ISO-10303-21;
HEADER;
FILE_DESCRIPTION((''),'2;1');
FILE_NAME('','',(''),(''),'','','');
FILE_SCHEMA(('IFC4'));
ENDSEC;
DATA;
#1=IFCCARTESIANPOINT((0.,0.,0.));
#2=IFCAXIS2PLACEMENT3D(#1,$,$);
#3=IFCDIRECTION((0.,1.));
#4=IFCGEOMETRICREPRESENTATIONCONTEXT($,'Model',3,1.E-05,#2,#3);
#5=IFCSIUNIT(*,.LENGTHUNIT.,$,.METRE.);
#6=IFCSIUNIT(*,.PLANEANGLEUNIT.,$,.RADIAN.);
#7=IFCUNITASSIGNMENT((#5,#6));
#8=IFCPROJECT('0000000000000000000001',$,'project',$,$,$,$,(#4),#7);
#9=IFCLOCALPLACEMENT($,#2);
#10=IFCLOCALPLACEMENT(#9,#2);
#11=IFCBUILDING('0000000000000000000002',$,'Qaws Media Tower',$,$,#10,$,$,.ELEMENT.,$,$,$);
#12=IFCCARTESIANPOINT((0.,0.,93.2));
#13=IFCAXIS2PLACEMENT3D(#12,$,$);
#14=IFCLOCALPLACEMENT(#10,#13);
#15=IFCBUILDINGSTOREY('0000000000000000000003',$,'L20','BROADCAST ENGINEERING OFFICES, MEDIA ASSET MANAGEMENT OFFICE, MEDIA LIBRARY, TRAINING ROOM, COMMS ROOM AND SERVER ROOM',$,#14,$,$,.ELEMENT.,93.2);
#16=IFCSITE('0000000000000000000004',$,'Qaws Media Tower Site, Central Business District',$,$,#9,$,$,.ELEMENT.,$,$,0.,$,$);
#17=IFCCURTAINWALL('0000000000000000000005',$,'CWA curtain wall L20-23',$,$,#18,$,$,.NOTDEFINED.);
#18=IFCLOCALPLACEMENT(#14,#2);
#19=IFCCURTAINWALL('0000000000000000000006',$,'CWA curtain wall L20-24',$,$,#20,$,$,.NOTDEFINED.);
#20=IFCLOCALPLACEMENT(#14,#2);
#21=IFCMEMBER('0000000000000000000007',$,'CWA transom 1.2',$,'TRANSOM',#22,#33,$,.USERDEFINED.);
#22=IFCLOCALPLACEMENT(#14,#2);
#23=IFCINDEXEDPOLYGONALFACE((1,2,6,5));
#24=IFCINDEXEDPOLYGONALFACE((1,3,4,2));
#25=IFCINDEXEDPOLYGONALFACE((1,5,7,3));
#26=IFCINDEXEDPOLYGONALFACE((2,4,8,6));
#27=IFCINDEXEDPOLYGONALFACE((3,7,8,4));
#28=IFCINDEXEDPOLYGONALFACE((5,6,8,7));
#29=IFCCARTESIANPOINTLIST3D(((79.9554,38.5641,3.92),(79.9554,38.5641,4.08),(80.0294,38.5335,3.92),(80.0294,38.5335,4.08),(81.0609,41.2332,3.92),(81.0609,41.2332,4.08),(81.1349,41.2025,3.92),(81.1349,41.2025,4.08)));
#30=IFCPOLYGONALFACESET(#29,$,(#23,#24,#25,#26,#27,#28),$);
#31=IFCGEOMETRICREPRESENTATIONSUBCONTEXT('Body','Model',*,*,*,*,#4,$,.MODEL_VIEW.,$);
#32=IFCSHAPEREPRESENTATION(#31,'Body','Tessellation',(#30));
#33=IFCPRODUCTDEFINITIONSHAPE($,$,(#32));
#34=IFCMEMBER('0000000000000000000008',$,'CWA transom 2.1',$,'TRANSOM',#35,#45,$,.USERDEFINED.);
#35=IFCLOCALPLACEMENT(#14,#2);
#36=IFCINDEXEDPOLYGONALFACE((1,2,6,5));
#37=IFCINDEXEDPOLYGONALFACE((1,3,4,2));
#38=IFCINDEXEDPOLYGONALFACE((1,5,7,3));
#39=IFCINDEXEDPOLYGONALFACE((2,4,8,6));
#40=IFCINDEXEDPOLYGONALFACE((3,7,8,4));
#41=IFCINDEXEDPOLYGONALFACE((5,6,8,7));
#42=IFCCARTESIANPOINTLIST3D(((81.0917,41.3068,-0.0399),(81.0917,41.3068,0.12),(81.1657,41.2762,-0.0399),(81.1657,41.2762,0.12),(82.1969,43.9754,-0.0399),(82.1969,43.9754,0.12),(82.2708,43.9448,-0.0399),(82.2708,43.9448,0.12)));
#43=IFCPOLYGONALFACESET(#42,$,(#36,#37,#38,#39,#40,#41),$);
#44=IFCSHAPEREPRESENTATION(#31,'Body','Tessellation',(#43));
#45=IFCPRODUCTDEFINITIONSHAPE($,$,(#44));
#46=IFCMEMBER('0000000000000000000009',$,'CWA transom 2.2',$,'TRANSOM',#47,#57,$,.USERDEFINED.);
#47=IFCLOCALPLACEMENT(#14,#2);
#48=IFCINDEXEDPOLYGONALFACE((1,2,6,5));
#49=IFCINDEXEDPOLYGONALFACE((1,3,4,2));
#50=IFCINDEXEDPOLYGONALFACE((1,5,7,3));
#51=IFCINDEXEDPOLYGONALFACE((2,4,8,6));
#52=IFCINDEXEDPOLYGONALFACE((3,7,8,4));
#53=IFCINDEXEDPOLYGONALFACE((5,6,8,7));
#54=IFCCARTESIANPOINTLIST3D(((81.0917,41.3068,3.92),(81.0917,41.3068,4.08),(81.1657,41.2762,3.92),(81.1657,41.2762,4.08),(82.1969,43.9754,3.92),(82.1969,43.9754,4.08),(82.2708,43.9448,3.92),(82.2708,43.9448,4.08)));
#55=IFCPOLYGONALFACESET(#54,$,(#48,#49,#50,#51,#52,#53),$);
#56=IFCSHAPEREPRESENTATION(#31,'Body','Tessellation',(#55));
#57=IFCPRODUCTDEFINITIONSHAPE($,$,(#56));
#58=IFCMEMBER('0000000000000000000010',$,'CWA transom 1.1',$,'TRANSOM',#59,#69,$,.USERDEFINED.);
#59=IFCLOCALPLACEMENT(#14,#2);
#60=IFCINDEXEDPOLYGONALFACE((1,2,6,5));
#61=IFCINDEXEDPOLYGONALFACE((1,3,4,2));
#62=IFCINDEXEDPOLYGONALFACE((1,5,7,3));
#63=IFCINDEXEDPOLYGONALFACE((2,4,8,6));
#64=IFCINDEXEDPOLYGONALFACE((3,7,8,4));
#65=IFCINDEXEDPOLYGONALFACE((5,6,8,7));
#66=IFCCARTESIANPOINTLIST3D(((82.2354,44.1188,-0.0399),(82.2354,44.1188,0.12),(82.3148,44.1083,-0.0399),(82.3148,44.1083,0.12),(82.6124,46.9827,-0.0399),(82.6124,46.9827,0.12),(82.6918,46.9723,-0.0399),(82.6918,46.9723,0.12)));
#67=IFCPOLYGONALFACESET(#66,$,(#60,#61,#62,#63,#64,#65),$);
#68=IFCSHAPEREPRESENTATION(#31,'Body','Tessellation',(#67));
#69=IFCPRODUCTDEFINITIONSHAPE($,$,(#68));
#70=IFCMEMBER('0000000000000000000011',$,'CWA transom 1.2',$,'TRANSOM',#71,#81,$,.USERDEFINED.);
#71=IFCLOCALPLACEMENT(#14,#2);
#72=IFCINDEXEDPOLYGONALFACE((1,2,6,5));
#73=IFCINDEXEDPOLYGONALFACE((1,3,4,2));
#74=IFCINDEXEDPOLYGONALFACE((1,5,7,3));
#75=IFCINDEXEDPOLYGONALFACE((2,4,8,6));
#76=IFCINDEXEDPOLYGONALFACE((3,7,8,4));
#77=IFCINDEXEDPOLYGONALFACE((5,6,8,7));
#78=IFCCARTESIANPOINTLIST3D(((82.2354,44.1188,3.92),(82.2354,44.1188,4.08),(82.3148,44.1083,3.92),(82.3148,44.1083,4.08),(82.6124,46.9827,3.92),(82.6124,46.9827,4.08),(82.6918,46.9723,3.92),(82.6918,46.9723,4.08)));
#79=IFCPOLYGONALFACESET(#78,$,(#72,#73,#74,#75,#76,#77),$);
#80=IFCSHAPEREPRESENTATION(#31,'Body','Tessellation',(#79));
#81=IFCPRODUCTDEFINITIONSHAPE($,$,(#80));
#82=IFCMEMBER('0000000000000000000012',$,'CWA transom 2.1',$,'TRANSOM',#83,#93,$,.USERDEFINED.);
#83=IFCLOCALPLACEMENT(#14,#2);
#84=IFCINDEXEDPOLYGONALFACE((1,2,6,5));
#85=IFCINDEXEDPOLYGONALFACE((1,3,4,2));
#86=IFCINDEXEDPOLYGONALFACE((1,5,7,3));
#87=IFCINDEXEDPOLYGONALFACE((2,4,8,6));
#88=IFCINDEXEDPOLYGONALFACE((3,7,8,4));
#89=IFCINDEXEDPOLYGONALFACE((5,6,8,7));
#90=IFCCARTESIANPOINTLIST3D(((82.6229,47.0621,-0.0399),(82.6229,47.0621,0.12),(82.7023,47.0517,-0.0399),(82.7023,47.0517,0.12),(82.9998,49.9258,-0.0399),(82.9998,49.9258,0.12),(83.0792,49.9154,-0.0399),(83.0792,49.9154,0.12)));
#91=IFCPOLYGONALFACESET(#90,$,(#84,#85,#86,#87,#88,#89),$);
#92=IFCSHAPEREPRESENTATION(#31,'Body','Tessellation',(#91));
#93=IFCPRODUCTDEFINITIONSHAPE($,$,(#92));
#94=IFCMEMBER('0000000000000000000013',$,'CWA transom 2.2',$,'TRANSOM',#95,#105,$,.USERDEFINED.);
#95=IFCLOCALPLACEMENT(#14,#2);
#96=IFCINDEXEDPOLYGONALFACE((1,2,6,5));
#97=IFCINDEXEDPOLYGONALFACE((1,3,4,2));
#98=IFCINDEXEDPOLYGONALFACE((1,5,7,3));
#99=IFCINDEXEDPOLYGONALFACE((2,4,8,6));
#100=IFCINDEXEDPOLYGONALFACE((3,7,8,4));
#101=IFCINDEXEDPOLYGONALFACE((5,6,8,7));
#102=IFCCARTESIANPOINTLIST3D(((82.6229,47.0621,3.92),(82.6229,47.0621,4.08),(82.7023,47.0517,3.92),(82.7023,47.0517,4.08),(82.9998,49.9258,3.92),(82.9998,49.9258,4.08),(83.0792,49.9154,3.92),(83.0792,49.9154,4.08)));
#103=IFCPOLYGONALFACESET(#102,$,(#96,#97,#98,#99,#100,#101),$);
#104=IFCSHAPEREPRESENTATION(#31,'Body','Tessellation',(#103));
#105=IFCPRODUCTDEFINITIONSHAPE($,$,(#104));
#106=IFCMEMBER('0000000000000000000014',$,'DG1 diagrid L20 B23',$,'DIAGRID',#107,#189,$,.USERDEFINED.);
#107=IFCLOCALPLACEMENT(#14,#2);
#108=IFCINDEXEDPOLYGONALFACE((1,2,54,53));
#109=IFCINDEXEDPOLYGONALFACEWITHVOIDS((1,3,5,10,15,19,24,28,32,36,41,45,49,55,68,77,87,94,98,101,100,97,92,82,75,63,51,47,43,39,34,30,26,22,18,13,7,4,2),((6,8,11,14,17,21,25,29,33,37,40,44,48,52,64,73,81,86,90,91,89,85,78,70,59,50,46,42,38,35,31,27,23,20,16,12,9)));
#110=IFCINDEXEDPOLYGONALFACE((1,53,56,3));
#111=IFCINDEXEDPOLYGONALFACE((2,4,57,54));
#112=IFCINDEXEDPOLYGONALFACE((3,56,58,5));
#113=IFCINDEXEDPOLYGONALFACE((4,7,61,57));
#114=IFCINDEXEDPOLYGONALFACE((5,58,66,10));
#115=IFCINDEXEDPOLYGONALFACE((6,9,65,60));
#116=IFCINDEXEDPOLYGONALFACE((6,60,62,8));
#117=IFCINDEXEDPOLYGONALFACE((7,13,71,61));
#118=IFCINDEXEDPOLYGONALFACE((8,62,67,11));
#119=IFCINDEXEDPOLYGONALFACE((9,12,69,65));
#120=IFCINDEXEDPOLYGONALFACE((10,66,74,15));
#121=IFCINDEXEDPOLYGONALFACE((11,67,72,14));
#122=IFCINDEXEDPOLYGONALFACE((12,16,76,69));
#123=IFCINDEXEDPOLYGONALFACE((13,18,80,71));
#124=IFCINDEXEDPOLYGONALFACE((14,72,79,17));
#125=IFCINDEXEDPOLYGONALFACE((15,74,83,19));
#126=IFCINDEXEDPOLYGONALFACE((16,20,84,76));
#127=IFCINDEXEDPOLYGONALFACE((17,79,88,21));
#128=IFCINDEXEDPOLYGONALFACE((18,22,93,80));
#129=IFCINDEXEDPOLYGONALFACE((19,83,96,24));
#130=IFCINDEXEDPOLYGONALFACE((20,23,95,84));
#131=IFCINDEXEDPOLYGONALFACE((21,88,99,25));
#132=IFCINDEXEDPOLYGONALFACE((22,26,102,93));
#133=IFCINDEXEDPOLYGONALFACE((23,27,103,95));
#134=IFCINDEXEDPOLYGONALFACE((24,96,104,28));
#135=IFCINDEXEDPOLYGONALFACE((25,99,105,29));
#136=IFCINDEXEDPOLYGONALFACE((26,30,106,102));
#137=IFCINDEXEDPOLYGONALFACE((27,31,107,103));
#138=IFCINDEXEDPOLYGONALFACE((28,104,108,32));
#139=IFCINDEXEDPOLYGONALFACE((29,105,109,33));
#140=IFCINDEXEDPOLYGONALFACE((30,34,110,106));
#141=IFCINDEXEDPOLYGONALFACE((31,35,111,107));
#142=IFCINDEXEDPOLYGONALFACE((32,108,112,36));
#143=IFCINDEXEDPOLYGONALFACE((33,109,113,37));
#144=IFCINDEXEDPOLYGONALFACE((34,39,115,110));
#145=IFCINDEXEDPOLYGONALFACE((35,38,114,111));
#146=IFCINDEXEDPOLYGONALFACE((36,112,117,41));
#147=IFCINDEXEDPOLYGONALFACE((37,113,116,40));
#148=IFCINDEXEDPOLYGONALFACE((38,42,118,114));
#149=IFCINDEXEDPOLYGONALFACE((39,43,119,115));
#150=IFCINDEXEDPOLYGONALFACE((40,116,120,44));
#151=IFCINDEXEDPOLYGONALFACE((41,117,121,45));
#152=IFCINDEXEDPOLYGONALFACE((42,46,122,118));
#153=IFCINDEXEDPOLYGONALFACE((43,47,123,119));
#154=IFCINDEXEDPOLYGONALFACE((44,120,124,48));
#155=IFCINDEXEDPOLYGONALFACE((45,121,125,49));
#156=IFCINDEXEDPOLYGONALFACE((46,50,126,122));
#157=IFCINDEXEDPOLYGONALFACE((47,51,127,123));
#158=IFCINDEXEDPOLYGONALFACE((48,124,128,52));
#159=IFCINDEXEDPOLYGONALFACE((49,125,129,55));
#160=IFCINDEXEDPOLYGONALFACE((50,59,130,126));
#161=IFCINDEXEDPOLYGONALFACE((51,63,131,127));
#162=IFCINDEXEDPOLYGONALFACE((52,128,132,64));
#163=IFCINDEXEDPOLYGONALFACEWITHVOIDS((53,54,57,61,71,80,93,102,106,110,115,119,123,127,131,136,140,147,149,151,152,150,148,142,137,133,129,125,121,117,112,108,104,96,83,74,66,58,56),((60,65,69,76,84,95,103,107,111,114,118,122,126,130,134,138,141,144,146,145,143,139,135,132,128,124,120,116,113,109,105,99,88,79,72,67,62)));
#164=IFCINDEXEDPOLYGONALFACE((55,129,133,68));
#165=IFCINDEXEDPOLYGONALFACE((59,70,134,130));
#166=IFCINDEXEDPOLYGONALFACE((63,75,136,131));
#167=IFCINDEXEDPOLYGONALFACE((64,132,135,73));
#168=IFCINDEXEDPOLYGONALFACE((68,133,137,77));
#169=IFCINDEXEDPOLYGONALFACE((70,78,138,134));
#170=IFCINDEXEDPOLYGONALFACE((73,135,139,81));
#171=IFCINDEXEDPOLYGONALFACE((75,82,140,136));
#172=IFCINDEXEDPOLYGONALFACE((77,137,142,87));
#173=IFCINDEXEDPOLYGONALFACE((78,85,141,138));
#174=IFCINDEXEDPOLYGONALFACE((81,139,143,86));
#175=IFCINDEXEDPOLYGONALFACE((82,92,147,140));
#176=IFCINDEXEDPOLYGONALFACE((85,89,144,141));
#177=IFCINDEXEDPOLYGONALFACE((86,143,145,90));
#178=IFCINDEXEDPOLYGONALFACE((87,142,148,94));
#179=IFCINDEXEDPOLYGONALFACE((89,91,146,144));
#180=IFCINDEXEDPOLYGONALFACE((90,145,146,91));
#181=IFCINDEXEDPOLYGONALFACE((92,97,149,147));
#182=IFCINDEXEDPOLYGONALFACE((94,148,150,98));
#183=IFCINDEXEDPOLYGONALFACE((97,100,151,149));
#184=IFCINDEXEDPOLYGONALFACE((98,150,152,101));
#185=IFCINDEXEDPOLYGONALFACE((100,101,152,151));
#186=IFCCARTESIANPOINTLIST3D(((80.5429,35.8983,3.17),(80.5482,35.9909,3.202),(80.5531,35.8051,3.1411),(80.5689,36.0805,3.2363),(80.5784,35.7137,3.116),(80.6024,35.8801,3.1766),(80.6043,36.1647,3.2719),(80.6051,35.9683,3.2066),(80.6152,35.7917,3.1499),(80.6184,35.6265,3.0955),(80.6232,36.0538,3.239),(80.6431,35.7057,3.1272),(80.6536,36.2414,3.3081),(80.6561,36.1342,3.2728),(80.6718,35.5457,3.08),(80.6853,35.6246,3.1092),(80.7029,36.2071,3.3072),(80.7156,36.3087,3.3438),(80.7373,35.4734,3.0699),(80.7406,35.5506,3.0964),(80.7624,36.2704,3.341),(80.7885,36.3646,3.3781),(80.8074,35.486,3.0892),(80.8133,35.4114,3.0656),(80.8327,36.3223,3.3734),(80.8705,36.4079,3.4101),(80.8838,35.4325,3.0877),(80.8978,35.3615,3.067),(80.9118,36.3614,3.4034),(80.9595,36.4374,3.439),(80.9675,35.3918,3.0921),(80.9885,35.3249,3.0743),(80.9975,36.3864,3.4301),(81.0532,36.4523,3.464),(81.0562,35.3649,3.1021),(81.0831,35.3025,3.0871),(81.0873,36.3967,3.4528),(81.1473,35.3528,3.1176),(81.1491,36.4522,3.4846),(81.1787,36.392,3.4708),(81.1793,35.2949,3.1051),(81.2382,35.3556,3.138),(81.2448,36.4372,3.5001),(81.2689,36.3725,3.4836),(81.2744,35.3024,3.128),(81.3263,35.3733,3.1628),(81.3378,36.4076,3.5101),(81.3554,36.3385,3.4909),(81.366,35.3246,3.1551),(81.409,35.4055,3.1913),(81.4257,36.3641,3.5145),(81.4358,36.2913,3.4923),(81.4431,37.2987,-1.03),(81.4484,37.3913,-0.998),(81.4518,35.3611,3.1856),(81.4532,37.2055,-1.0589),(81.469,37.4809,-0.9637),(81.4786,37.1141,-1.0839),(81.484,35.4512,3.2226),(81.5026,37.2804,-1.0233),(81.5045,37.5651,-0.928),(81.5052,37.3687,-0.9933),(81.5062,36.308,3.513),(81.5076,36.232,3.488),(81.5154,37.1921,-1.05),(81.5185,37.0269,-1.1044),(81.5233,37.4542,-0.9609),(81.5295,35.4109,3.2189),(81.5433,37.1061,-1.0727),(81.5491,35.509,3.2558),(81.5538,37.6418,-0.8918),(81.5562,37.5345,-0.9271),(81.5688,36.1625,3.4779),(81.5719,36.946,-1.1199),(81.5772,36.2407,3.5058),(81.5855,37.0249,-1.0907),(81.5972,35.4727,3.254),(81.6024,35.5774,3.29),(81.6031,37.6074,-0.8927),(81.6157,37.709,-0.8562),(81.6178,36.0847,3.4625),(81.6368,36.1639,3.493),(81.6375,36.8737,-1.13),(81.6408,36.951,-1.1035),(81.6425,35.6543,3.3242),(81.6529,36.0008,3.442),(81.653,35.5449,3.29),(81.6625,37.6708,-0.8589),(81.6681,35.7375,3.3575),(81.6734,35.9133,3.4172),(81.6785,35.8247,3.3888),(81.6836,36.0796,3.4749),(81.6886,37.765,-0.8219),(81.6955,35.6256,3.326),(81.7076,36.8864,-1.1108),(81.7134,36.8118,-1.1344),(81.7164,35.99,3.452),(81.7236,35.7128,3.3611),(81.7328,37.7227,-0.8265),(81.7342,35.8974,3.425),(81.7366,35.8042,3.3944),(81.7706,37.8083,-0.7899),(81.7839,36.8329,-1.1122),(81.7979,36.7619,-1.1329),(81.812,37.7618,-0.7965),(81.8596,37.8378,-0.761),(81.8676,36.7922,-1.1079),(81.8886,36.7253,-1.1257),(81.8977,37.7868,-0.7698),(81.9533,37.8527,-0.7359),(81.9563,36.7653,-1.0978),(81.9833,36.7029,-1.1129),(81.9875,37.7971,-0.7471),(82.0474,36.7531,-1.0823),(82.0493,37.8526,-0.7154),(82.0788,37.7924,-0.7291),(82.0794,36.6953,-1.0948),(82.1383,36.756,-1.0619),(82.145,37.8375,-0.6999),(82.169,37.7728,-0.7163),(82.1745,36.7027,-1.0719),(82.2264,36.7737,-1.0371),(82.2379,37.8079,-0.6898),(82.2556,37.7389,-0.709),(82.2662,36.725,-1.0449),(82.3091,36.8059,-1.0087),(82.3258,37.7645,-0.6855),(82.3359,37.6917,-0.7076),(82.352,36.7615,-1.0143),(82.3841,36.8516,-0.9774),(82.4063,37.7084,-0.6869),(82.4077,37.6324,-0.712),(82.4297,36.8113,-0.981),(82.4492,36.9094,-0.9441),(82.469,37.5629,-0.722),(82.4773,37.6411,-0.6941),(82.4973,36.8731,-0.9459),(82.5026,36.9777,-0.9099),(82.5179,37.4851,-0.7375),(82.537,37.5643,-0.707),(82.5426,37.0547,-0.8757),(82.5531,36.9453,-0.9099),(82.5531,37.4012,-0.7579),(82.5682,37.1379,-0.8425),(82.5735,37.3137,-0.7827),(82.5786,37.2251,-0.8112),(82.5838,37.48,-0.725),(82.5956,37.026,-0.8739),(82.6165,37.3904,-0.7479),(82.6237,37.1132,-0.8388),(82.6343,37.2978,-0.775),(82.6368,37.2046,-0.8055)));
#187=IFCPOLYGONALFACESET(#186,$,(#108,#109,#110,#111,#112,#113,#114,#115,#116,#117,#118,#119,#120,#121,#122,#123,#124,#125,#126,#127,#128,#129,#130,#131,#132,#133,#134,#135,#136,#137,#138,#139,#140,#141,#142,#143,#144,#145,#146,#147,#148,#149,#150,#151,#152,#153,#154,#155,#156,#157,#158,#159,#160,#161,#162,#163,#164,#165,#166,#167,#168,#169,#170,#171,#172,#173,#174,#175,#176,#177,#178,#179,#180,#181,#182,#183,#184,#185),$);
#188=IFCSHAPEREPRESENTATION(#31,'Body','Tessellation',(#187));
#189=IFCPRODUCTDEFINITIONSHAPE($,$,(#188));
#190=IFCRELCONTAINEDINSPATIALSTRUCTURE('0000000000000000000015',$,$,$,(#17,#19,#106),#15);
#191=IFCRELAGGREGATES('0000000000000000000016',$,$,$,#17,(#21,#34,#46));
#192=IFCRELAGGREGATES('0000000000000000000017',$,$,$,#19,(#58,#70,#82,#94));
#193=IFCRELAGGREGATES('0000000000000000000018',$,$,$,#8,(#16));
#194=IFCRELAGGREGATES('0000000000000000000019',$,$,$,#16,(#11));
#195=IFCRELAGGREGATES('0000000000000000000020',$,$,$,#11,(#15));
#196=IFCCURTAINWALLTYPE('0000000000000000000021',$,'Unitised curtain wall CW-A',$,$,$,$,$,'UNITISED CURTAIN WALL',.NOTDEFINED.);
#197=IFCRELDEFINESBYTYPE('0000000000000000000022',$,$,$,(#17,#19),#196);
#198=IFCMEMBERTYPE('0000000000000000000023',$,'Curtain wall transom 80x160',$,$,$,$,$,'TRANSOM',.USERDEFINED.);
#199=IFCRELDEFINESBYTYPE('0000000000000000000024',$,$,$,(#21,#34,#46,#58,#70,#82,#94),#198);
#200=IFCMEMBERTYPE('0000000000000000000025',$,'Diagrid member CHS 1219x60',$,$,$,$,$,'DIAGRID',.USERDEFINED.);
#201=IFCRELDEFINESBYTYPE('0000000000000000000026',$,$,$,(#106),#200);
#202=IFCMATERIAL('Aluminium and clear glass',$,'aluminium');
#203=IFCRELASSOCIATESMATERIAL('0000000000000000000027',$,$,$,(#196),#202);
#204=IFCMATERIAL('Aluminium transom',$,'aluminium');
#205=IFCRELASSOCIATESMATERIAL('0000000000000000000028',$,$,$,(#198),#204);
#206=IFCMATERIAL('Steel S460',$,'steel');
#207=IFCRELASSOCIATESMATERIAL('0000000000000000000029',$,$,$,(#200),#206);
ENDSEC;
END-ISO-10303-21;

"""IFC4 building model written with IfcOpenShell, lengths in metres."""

from ifc_helpers import new_model, si_unit, direction, frame, origin, origin_2d, place, context, subcontext, project, spatial, rectangle, hollow_circle, extrude, material, material_profile, profile_set, type_object, element, aggregate, save


model = new_model("IFC4")

# Units and contexts
model_context = context("Model", 3, precision=1e-05, world=origin(), true_north=direction((0.0, 1.0)))
body_context = subcontext(model_context, "Body", "Model", "MODEL_VIEW")
ifc_project = project(units=[si_unit("LENGTHUNIT", "METRE"), si_unit("PLANEANGLEUNIT", "RADIAN")], contexts=[model_context])

# Site, building, storey
site_placement = place(None, origin())
site = spatial("IfcSite", under=ifc_project, at=site_placement, Name="Qaws Media Tower Site, Central Business District", CompositionType="ELEMENT", RefElevation=0.0)
building_placement = place(site_placement, origin())
building = spatial("IfcBuilding", under=site, at=building_placement, Name="Qaws Media Tower", CompositionType="ELEMENT")
storey_placement = place(building_placement, frame((0.0, 0.0, 93.2)))
storey = spatial("IfcBuildingStorey", under=building, at=storey_placement, Name="L20", Description="BROADCAST ENGINEERING OFFICES, MEDIA ASSET MANAGEMENT OFFICE, MEDIA LIBRARY, TRAINING ROOM, COMMS ROOM AND SERVER ROOM", CompositionType="ELEMENT", Elevation=93.2)

# Shared definitions
ifc_material_1 = material(Name="Aluminium and clear glass", Category="aluminium")
curtain_wall_type = type_object("IfcCurtainWallType", Name="Unitised curtain wall CW-A", ElementType="UNITISED CURTAIN WALL", PredefinedType="NOTDEFINED", material=ifc_material_1)

# Curtain walls
curtain_wall_1_placement = place(storey_placement, origin())
curtain_wall_1 = element("IfcCurtainWall", 1, at=curtain_wall_1_placement, inside=storey, type_object=curtain_wall_type, Name="CWA curtain wall L20-23", PredefinedType="NOTDEFINED")
curtain_wall_2_placement = place(storey_placement, origin())
curtain_wall_2 = element("IfcCurtainWall", 2, at=curtain_wall_2_placement, inside=storey, type_object=curtain_wall_type, Name="CWA curtain wall L20-24", PredefinedType="NOTDEFINED")

# Members
ifc_material_2 = material(Name="Aluminium transom", Category="aluminium")
ifc_material_profile_1 = material_profile(ifc_material_2, rectangle(XDim=0.0801, YDim=0.1599, at=origin_2d()), Name="80x160")
ifc_profile_set_1 = profile_set([ifc_material_profile_1], Name="Aluminium transom")
member_type_1 = type_object("IfcMemberType", Name="Curtain wall transom 80x160", ElementType="TRANSOM", PredefinedType="USERDEFINED", material=ifc_profile_set_1)
member_1_placement = place(storey_placement, frame((79.9924, 38.5488, 4.0), z_axis=(0.38267, 0.923885, 0.0), x_axis=(-0.923885, 0.38267, 0.0)))
member_1 = element("IfcMember", 3, at=member_1_placement, type_object=member_type_1, Name="CWA transom 1.2", ObjectType="TRANSOM", PredefinedType="USERDEFINED", context=body_context, shape_type="SweptSolid", body=[
    extrude(rectangle(XDim=0.0801, YDim=0.1599, at=origin_2d()), origin(), (0.0, 0.0, 1.0), 2.8889),
])
member_2_placement = place(storey_placement, frame((81.1287, 41.2915, 0.04), z_axis=(0.382628, 0.923902, 0.0), x_axis=(-0.923902, 0.382628, 0.0)))
member_2 = element("IfcMember", 4, at=member_2_placement, type_object=member_type_1, Name="CWA transom 2.1", ObjectType="TRANSOM", PredefinedType="USERDEFINED", context=body_context, shape_type="SweptSolid", body=[
    extrude(rectangle(XDim=0.0801, YDim=0.1599, at=origin_2d()), origin(), (0.0, 0.0, 1.0), 2.8884),
])
member_3_placement = place(storey_placement, frame((81.1287, 41.2915, 4.0), z_axis=(0.382628, 0.923902, 0.0), x_axis=(-0.923902, 0.382628, 0.0)))
member_3 = element("IfcMember", 5, at=member_3_placement, type_object=member_type_1, Name="CWA transom 2.2", ObjectType="TRANSOM", PredefinedType="USERDEFINED", context=body_context, shape_type="SweptSolid", body=[
    extrude(rectangle(XDim=0.0801, YDim=0.1599, at=origin_2d()), origin(), (0.0, 0.0, 1.0), 2.8884),
])
member_4_placement = place(storey_placement, frame((82.2751, 44.1135, 0.04), z_axis=(0.130492, 0.991449, 0.0), x_axis=(-0.991449, 0.130492, 0.0)))
member_4 = element("IfcMember", 6, at=member_4_placement, type_object=member_type_1, Name="CWA transom 1.1", ObjectType="TRANSOM", PredefinedType="USERDEFINED", context=body_context, shape_type="SweptSolid", body=[
    extrude(rectangle(XDim=0.0801, YDim=0.1599, at=origin_2d()), origin(), (0.0, 0.0, 1.0), 2.8887),
])
member_5_placement = place(storey_placement, frame((82.2751, 44.1135, 4.0), z_axis=(0.130492, 0.991449, 0.0), x_axis=(-0.991449, 0.130492, 0.0)))
member_5 = element("IfcMember", 7, at=member_5_placement, type_object=member_type_1, Name="CWA transom 1.2", ObjectType="TRANSOM", PredefinedType="USERDEFINED", context=body_context, shape_type="SweptSolid", body=[
    extrude(rectangle(XDim=0.0801, YDim=0.1599, at=origin_2d()), origin(), (0.0, 0.0, 1.0), 2.8887),
])
member_6_placement = place(storey_placement, frame((82.6626, 47.0569, 0.04), z_axis=(0.130503, 0.991448, 0.0), x_axis=(-0.991448, 0.130503, 0.0)))
member_6 = element("IfcMember", 8, at=member_6_placement, type_object=member_type_1, Name="CWA transom 2.1", ObjectType="TRANSOM", PredefinedType="USERDEFINED", context=body_context, shape_type="SweptSolid", body=[
    extrude(rectangle(XDim=0.0801, YDim=0.1599, at=origin_2d()), origin(), (0.0, 0.0, 1.0), 2.8884),
])
member_7_placement = place(storey_placement, frame((82.6626, 47.0569, 4.0), z_axis=(0.130503, 0.991448, 0.0), x_axis=(-0.991448, 0.130503, 0.0)))
member_7 = element("IfcMember", 9, at=member_7_placement, type_object=member_type_1, Name="CWA transom 2.2", ObjectType="TRANSOM", PredefinedType="USERDEFINED", context=body_context, shape_type="SweptSolid", body=[
    extrude(rectangle(XDim=0.0801, YDim=0.1599, at=origin_2d()), origin(), (0.0, 0.0, 1.0), 2.8884),
])

# Member
ifc_material_3 = material(Name="Steel S460", Category="steel")
ifc_material_profile_2 = material_profile(ifc_material_3, hollow_circle(Radius=0.6096, WallThickness=0.0601, at=origin_2d()), Name="CHS 1219x60")
ifc_profile_set_2 = profile_set([ifc_material_profile_2], Name="Steel S460")
member_type_2 = type_object("IfcMemberType", Name="Diagrid member CHS 1219x60", ElementType="DIAGRID", PredefinedType="USERDEFINED", material=ifc_profile_set_2)
for number, where, z_axis, x_axis, name in (
    (10, (82.0403, 37.2749, -0.9099), (-0.199242, -0.309969, 0.929635), (0.841207, -0.540713, 0.0), "DG1 diagrid L20 B23"),
):
    element("IfcMember", number, at=place(storey_placement, frame(where, z_axis=z_axis, x_axis=x_axis)), inside=storey, type_object=member_type_2, Name=name, ObjectType="DIAGRID", PredefinedType="USERDEFINED", context=body_context, shape_type="SweptSolid", body=[
        extrude(hollow_circle(Radius=0.6096, WallThickness=0.0601, at=origin_2d()), origin(), (0.0, 0.0, 1.0), 4.5178),
    ])

aggregate(curtain_wall_1, [member_1, member_2, member_3])
aggregate(curtain_wall_2, [member_4, member_5, member_6, member_7])

save(model, "model.ifc")
